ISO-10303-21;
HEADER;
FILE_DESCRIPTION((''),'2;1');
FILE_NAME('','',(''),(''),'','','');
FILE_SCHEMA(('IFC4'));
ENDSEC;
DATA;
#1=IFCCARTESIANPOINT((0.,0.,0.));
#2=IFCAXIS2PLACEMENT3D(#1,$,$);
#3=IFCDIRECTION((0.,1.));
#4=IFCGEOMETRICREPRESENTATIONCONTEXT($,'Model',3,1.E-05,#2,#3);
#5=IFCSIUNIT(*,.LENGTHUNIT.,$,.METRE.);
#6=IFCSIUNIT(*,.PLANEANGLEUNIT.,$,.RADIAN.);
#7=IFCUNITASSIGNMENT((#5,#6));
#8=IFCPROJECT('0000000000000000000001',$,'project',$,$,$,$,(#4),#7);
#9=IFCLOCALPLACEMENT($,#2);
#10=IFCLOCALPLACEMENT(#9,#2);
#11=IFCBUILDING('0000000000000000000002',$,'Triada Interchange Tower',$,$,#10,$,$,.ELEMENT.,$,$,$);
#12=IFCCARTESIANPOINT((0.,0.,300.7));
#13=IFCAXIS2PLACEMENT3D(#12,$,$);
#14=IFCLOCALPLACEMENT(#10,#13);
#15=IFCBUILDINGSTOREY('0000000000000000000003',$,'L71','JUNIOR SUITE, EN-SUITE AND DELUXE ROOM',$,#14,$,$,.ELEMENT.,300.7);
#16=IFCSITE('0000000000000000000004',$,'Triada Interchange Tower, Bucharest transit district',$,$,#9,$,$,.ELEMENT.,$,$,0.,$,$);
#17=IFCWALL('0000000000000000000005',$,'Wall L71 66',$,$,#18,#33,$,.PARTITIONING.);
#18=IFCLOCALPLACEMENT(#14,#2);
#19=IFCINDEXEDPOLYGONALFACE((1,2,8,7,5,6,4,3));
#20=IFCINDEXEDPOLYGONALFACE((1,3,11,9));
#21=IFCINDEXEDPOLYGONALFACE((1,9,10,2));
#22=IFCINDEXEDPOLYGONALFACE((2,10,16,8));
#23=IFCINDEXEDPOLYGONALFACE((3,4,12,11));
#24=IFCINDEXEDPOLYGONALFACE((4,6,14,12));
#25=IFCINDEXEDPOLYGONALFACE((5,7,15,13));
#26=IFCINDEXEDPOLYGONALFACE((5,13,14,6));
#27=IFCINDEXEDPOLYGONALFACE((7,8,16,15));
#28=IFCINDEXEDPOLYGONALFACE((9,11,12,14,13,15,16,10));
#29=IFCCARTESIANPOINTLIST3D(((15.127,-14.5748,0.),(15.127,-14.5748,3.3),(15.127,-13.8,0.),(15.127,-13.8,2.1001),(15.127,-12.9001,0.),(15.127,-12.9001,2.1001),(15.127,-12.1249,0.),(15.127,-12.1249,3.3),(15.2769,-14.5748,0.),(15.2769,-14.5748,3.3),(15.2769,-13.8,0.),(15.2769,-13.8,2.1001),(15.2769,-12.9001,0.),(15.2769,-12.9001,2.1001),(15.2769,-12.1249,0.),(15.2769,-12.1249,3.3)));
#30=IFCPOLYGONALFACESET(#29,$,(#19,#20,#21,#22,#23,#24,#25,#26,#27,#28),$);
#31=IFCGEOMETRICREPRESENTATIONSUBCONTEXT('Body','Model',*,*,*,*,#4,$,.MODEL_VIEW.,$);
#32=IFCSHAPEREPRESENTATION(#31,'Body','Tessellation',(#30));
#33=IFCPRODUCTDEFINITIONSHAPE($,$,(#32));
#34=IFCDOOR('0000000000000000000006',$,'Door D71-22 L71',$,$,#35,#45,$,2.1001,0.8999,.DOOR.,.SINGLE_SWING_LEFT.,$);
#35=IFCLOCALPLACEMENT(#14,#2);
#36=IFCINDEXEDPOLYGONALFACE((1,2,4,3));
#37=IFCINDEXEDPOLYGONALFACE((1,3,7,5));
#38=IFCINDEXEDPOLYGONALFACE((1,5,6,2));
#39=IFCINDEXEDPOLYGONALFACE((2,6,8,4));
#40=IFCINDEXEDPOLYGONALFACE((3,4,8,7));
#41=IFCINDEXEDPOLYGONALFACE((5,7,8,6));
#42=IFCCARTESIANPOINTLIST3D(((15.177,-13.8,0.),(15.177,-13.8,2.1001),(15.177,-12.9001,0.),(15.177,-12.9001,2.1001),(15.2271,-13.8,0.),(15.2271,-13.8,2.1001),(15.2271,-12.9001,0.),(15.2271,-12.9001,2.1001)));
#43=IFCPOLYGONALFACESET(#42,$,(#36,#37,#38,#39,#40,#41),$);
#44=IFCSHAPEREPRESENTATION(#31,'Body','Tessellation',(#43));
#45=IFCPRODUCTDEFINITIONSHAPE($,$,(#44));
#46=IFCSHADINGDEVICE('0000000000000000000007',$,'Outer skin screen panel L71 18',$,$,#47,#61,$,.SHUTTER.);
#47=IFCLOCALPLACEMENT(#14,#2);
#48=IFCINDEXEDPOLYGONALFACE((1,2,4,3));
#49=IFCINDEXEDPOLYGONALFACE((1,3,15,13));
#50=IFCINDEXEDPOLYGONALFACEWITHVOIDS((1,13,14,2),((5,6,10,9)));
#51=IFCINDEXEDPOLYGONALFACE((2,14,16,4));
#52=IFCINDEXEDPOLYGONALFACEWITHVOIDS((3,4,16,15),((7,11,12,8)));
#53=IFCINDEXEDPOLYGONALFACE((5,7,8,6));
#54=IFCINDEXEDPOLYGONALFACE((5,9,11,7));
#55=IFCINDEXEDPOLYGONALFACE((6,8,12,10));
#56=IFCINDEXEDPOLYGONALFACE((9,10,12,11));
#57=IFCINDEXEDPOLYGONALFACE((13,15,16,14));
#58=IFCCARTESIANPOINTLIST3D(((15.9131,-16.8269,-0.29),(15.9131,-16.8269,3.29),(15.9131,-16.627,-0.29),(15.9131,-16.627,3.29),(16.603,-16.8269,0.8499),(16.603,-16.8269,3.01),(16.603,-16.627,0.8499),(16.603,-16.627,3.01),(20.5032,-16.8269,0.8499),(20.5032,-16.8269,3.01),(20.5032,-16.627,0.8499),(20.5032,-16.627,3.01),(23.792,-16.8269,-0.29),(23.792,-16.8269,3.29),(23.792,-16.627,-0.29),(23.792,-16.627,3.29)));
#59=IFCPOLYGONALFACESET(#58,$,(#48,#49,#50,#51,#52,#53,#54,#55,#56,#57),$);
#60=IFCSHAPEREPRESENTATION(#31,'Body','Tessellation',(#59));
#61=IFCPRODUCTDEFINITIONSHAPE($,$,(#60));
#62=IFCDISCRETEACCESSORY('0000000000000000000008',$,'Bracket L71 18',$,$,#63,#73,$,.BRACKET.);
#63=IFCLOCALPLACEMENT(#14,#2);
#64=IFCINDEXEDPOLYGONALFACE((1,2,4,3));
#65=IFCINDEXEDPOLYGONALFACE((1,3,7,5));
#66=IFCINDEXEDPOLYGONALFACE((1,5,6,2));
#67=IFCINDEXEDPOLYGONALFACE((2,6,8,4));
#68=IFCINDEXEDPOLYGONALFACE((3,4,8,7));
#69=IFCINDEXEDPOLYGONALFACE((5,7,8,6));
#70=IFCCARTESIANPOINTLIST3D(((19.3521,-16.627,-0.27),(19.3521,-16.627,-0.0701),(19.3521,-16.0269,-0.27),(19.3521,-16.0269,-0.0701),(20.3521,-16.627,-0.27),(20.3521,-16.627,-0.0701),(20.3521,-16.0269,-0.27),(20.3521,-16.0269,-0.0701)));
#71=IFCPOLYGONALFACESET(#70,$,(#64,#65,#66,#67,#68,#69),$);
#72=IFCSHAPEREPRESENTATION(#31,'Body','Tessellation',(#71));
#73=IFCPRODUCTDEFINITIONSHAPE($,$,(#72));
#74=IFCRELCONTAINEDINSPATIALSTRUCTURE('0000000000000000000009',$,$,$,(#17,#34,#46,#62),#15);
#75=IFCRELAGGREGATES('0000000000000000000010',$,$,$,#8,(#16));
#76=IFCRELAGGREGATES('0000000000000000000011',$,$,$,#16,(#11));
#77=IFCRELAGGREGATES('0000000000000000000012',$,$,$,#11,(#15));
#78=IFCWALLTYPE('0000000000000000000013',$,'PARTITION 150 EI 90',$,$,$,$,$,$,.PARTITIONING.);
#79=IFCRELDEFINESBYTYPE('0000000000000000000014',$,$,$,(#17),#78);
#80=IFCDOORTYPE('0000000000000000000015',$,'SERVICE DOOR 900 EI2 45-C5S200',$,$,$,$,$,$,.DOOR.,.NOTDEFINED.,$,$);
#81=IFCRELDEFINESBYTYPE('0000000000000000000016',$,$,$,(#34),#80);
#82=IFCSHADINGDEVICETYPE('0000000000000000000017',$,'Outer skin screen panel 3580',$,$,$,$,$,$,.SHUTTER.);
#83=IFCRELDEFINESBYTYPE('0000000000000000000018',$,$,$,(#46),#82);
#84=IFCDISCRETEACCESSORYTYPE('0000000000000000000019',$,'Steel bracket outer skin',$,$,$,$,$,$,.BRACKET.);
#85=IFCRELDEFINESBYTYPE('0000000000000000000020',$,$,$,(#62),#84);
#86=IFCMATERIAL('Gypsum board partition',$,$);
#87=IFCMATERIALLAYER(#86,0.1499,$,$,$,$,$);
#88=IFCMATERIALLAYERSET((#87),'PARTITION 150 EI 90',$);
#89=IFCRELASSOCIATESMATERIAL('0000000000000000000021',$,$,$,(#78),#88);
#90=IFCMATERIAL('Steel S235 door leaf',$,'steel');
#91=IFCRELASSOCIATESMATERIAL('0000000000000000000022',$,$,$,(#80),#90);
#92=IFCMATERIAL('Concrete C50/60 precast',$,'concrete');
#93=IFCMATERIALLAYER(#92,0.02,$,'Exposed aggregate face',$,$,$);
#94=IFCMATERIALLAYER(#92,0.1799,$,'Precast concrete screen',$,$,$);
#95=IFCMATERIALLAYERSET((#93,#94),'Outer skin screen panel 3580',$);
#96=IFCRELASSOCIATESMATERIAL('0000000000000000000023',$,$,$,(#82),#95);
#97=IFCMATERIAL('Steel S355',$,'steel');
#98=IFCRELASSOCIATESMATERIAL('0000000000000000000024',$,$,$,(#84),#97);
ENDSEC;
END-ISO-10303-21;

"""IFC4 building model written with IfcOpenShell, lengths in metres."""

from ifc_helpers import new_model, si_unit, direction, frame, frame_2d, origin, origin_2d, place, context, subcontext, project, spatial, polyline, rectangle, outline, extrude, material, layer, layer_set, type_object, element, fill, save


model = new_model("IFC4")

# Units and contexts
model_context = context("Model", 3, precision=1e-05, world=origin(), true_north=direction((0.0, 1.0)))
body_context = subcontext(model_context, "Body", "Model", "MODEL_VIEW")
ifc_project = project(units=[si_unit("LENGTHUNIT", "METRE"), si_unit("PLANEANGLEUNIT", "RADIAN")], contexts=[model_context])

# Site, building, storey
site_placement = place(None, origin())
site = spatial("IfcSite", under=ifc_project, at=site_placement, Name="Triada Interchange Tower, Bucharest transit district", CompositionType="ELEMENT", RefElevation=0.0)
building_placement = place(site_placement, origin())
building = spatial("IfcBuilding", under=site, at=building_placement, Name="Triada Interchange Tower", CompositionType="ELEMENT")
storey_placement = place(building_placement, frame((0.0, 0.0, 300.7)))
storey = spatial("IfcBuildingStorey", under=building, at=storey_placement, Name="L71", Description="JUNIOR SUITE, EN-SUITE AND DELUXE ROOM", CompositionType="ELEMENT", Elevation=300.7)

# Shared definitions
ifc_material_1 = material(Name="Gypsum board partition")
ifc_layer_1 = layer(ifc_material_1, 0.1499)
ifc_layer_set_1 = layer_set([ifc_layer_1], Name="PARTITION 150 EI 90")
wall_type_1 = type_object("IfcWallType", Name="PARTITION 150 EI 90", PredefinedType="PARTITIONING", material=ifc_layer_set_1)

# Wall, opening, door
wall_1_placement = place(storey_placement, frame((15.2019, -14.575, 0.0), z_axis=(0.0, 0.0, 1.0), x_axis=(0.0, 1.0, 0.0)))
wall_1 = element("IfcWall", 1, at=wall_1_placement, inside=storey, type_object=wall_type_1, Name="Wall L71 66", PredefinedType="PARTITIONING", context=body_context, shape_type="SweptSolid", body=[
    extrude(rectangle(XDim=2.45, YDim=0.1499, at=frame_2d((1.2251, 0.0))), origin(), (0.0, 0.0, 1.0), 3.3),
])
opening_1_placement = place(wall_1_placement, frame((0.7749, 0.0, 0.0)))
opening_1 = element("IfcOpeningElement", 2, at=opening_1_placement, cuts=wall_1, PredefinedType="OPENING", context=body_context, shape_type="SweptSolid", body=[
    extrude(rectangle(XDim=0.8999, YDim=2.1001, at=frame_2d((0.45, 1.05))), frame((0.0, 0.085, 0.0), z_axis=(0.0, -1.0, 0.0), x_axis=(1.0, 0.0, 0.0)), (0.0, 0.0, 1.0), 0.1699),
])
ifc_material_2 = material(Name="Steel S235 door leaf", Category="steel")
door_type = type_object("IfcDoorType", Name="SERVICE DOOR 900 EI2 45-C5S200", OperationType="NOTDEFINED", PredefinedType="DOOR", material=ifc_material_2)
door_placement = place(opening_1_placement, origin())
door = element("IfcDoor", 3, at=door_placement, inside=storey, type_object=door_type, Name="Door D71-22 L71", OperationType="SINGLE_SWING_LEFT", OverallHeight=2.1001, OverallWidth=0.8999, PredefinedType="DOOR", context=body_context, shape_type="SweptSolid", body=[
    extrude(rectangle(XDim=0.8999, YDim=2.1001, at=frame_2d((0.45, 1.05))), frame((0.0, 0.0249, 0.0), z_axis=(0.0, -1.0, 0.0), x_axis=(1.0, 0.0, 0.0)), (0.0, 0.0, 1.0), 0.05),
])
fill(opening_1, door)

# Shading device
ifc_material_3 = material(Name="Concrete C50/60 precast", Category="concrete")
ifc_layer_2 = layer(ifc_material_3, 0.02, Name="Exposed aggregate face")
ifc_layer_3 = layer(ifc_material_3, 0.1799, Name="Precast concrete screen")
ifc_layer_set_2 = layer_set([ifc_layer_2, ifc_layer_3], Name="Outer skin screen panel 3580")
shading_device_type = type_object("IfcShadingDeviceType", Name="Outer skin screen panel 3580", PredefinedType="SHUTTER", material=ifc_layer_set_2)
shading_device_placement = place(storey_placement, frame((15.9131, -16.627, -0.29), z_axis=(0.0, 0.0, 1.0), x_axis=(1.0, 0.0, 0.0)))
element("IfcShadingDevice", 4, at=shading_device_placement, inside=storey, type_object=shading_device_type, Name="Outer skin screen panel L71 18", PredefinedType="SHUTTER", context=body_context, shape_type="SweptSolid", body=[
    extrude(outline(polyline([(0.0, 0.0), (7.8789, 0.0), (7.8789, 3.5801), (0.0, 3.5801), (0.0, 0.0)]), holes=[polyline([(0.6899, 1.1399), (0.6899, 3.3), (4.5901, 3.3), (4.5901, 1.1399), (0.6899, 1.1399)])]), frame((0.0, 0.0, 0.0), z_axis=(0.0, -1.0, 0.0), x_axis=(1.0, 0.0, 0.0)), (0.0, 0.0, 1.0), 0.2),
])

# Discrete accessory
ifc_material_4 = material(Name="Steel S355", Category="steel")
discrete_accessory_type = type_object("IfcDiscreteAccessoryType", Name="Steel bracket outer skin", PredefinedType="BRACKET", material=ifc_material_4)
discrete_accessory_placement = place(storey_placement, frame((19.8521, -16.3269, -0.27), z_axis=(0.0, 0.0, 1.0), x_axis=(0.0, -1.0, 0.0)))
element("IfcDiscreteAccessory", 5, at=discrete_accessory_placement, inside=storey, type_object=discrete_accessory_type, Name="Bracket L71 18", PredefinedType="BRACKET", context=body_context, shape_type="SweptSolid", body=[
    extrude(rectangle(XDim=0.6001, YDim=1.0, at=origin_2d()), origin(), (0.0, 0.0, 1.0), 0.2),
])

save(model, "model.ifc")
